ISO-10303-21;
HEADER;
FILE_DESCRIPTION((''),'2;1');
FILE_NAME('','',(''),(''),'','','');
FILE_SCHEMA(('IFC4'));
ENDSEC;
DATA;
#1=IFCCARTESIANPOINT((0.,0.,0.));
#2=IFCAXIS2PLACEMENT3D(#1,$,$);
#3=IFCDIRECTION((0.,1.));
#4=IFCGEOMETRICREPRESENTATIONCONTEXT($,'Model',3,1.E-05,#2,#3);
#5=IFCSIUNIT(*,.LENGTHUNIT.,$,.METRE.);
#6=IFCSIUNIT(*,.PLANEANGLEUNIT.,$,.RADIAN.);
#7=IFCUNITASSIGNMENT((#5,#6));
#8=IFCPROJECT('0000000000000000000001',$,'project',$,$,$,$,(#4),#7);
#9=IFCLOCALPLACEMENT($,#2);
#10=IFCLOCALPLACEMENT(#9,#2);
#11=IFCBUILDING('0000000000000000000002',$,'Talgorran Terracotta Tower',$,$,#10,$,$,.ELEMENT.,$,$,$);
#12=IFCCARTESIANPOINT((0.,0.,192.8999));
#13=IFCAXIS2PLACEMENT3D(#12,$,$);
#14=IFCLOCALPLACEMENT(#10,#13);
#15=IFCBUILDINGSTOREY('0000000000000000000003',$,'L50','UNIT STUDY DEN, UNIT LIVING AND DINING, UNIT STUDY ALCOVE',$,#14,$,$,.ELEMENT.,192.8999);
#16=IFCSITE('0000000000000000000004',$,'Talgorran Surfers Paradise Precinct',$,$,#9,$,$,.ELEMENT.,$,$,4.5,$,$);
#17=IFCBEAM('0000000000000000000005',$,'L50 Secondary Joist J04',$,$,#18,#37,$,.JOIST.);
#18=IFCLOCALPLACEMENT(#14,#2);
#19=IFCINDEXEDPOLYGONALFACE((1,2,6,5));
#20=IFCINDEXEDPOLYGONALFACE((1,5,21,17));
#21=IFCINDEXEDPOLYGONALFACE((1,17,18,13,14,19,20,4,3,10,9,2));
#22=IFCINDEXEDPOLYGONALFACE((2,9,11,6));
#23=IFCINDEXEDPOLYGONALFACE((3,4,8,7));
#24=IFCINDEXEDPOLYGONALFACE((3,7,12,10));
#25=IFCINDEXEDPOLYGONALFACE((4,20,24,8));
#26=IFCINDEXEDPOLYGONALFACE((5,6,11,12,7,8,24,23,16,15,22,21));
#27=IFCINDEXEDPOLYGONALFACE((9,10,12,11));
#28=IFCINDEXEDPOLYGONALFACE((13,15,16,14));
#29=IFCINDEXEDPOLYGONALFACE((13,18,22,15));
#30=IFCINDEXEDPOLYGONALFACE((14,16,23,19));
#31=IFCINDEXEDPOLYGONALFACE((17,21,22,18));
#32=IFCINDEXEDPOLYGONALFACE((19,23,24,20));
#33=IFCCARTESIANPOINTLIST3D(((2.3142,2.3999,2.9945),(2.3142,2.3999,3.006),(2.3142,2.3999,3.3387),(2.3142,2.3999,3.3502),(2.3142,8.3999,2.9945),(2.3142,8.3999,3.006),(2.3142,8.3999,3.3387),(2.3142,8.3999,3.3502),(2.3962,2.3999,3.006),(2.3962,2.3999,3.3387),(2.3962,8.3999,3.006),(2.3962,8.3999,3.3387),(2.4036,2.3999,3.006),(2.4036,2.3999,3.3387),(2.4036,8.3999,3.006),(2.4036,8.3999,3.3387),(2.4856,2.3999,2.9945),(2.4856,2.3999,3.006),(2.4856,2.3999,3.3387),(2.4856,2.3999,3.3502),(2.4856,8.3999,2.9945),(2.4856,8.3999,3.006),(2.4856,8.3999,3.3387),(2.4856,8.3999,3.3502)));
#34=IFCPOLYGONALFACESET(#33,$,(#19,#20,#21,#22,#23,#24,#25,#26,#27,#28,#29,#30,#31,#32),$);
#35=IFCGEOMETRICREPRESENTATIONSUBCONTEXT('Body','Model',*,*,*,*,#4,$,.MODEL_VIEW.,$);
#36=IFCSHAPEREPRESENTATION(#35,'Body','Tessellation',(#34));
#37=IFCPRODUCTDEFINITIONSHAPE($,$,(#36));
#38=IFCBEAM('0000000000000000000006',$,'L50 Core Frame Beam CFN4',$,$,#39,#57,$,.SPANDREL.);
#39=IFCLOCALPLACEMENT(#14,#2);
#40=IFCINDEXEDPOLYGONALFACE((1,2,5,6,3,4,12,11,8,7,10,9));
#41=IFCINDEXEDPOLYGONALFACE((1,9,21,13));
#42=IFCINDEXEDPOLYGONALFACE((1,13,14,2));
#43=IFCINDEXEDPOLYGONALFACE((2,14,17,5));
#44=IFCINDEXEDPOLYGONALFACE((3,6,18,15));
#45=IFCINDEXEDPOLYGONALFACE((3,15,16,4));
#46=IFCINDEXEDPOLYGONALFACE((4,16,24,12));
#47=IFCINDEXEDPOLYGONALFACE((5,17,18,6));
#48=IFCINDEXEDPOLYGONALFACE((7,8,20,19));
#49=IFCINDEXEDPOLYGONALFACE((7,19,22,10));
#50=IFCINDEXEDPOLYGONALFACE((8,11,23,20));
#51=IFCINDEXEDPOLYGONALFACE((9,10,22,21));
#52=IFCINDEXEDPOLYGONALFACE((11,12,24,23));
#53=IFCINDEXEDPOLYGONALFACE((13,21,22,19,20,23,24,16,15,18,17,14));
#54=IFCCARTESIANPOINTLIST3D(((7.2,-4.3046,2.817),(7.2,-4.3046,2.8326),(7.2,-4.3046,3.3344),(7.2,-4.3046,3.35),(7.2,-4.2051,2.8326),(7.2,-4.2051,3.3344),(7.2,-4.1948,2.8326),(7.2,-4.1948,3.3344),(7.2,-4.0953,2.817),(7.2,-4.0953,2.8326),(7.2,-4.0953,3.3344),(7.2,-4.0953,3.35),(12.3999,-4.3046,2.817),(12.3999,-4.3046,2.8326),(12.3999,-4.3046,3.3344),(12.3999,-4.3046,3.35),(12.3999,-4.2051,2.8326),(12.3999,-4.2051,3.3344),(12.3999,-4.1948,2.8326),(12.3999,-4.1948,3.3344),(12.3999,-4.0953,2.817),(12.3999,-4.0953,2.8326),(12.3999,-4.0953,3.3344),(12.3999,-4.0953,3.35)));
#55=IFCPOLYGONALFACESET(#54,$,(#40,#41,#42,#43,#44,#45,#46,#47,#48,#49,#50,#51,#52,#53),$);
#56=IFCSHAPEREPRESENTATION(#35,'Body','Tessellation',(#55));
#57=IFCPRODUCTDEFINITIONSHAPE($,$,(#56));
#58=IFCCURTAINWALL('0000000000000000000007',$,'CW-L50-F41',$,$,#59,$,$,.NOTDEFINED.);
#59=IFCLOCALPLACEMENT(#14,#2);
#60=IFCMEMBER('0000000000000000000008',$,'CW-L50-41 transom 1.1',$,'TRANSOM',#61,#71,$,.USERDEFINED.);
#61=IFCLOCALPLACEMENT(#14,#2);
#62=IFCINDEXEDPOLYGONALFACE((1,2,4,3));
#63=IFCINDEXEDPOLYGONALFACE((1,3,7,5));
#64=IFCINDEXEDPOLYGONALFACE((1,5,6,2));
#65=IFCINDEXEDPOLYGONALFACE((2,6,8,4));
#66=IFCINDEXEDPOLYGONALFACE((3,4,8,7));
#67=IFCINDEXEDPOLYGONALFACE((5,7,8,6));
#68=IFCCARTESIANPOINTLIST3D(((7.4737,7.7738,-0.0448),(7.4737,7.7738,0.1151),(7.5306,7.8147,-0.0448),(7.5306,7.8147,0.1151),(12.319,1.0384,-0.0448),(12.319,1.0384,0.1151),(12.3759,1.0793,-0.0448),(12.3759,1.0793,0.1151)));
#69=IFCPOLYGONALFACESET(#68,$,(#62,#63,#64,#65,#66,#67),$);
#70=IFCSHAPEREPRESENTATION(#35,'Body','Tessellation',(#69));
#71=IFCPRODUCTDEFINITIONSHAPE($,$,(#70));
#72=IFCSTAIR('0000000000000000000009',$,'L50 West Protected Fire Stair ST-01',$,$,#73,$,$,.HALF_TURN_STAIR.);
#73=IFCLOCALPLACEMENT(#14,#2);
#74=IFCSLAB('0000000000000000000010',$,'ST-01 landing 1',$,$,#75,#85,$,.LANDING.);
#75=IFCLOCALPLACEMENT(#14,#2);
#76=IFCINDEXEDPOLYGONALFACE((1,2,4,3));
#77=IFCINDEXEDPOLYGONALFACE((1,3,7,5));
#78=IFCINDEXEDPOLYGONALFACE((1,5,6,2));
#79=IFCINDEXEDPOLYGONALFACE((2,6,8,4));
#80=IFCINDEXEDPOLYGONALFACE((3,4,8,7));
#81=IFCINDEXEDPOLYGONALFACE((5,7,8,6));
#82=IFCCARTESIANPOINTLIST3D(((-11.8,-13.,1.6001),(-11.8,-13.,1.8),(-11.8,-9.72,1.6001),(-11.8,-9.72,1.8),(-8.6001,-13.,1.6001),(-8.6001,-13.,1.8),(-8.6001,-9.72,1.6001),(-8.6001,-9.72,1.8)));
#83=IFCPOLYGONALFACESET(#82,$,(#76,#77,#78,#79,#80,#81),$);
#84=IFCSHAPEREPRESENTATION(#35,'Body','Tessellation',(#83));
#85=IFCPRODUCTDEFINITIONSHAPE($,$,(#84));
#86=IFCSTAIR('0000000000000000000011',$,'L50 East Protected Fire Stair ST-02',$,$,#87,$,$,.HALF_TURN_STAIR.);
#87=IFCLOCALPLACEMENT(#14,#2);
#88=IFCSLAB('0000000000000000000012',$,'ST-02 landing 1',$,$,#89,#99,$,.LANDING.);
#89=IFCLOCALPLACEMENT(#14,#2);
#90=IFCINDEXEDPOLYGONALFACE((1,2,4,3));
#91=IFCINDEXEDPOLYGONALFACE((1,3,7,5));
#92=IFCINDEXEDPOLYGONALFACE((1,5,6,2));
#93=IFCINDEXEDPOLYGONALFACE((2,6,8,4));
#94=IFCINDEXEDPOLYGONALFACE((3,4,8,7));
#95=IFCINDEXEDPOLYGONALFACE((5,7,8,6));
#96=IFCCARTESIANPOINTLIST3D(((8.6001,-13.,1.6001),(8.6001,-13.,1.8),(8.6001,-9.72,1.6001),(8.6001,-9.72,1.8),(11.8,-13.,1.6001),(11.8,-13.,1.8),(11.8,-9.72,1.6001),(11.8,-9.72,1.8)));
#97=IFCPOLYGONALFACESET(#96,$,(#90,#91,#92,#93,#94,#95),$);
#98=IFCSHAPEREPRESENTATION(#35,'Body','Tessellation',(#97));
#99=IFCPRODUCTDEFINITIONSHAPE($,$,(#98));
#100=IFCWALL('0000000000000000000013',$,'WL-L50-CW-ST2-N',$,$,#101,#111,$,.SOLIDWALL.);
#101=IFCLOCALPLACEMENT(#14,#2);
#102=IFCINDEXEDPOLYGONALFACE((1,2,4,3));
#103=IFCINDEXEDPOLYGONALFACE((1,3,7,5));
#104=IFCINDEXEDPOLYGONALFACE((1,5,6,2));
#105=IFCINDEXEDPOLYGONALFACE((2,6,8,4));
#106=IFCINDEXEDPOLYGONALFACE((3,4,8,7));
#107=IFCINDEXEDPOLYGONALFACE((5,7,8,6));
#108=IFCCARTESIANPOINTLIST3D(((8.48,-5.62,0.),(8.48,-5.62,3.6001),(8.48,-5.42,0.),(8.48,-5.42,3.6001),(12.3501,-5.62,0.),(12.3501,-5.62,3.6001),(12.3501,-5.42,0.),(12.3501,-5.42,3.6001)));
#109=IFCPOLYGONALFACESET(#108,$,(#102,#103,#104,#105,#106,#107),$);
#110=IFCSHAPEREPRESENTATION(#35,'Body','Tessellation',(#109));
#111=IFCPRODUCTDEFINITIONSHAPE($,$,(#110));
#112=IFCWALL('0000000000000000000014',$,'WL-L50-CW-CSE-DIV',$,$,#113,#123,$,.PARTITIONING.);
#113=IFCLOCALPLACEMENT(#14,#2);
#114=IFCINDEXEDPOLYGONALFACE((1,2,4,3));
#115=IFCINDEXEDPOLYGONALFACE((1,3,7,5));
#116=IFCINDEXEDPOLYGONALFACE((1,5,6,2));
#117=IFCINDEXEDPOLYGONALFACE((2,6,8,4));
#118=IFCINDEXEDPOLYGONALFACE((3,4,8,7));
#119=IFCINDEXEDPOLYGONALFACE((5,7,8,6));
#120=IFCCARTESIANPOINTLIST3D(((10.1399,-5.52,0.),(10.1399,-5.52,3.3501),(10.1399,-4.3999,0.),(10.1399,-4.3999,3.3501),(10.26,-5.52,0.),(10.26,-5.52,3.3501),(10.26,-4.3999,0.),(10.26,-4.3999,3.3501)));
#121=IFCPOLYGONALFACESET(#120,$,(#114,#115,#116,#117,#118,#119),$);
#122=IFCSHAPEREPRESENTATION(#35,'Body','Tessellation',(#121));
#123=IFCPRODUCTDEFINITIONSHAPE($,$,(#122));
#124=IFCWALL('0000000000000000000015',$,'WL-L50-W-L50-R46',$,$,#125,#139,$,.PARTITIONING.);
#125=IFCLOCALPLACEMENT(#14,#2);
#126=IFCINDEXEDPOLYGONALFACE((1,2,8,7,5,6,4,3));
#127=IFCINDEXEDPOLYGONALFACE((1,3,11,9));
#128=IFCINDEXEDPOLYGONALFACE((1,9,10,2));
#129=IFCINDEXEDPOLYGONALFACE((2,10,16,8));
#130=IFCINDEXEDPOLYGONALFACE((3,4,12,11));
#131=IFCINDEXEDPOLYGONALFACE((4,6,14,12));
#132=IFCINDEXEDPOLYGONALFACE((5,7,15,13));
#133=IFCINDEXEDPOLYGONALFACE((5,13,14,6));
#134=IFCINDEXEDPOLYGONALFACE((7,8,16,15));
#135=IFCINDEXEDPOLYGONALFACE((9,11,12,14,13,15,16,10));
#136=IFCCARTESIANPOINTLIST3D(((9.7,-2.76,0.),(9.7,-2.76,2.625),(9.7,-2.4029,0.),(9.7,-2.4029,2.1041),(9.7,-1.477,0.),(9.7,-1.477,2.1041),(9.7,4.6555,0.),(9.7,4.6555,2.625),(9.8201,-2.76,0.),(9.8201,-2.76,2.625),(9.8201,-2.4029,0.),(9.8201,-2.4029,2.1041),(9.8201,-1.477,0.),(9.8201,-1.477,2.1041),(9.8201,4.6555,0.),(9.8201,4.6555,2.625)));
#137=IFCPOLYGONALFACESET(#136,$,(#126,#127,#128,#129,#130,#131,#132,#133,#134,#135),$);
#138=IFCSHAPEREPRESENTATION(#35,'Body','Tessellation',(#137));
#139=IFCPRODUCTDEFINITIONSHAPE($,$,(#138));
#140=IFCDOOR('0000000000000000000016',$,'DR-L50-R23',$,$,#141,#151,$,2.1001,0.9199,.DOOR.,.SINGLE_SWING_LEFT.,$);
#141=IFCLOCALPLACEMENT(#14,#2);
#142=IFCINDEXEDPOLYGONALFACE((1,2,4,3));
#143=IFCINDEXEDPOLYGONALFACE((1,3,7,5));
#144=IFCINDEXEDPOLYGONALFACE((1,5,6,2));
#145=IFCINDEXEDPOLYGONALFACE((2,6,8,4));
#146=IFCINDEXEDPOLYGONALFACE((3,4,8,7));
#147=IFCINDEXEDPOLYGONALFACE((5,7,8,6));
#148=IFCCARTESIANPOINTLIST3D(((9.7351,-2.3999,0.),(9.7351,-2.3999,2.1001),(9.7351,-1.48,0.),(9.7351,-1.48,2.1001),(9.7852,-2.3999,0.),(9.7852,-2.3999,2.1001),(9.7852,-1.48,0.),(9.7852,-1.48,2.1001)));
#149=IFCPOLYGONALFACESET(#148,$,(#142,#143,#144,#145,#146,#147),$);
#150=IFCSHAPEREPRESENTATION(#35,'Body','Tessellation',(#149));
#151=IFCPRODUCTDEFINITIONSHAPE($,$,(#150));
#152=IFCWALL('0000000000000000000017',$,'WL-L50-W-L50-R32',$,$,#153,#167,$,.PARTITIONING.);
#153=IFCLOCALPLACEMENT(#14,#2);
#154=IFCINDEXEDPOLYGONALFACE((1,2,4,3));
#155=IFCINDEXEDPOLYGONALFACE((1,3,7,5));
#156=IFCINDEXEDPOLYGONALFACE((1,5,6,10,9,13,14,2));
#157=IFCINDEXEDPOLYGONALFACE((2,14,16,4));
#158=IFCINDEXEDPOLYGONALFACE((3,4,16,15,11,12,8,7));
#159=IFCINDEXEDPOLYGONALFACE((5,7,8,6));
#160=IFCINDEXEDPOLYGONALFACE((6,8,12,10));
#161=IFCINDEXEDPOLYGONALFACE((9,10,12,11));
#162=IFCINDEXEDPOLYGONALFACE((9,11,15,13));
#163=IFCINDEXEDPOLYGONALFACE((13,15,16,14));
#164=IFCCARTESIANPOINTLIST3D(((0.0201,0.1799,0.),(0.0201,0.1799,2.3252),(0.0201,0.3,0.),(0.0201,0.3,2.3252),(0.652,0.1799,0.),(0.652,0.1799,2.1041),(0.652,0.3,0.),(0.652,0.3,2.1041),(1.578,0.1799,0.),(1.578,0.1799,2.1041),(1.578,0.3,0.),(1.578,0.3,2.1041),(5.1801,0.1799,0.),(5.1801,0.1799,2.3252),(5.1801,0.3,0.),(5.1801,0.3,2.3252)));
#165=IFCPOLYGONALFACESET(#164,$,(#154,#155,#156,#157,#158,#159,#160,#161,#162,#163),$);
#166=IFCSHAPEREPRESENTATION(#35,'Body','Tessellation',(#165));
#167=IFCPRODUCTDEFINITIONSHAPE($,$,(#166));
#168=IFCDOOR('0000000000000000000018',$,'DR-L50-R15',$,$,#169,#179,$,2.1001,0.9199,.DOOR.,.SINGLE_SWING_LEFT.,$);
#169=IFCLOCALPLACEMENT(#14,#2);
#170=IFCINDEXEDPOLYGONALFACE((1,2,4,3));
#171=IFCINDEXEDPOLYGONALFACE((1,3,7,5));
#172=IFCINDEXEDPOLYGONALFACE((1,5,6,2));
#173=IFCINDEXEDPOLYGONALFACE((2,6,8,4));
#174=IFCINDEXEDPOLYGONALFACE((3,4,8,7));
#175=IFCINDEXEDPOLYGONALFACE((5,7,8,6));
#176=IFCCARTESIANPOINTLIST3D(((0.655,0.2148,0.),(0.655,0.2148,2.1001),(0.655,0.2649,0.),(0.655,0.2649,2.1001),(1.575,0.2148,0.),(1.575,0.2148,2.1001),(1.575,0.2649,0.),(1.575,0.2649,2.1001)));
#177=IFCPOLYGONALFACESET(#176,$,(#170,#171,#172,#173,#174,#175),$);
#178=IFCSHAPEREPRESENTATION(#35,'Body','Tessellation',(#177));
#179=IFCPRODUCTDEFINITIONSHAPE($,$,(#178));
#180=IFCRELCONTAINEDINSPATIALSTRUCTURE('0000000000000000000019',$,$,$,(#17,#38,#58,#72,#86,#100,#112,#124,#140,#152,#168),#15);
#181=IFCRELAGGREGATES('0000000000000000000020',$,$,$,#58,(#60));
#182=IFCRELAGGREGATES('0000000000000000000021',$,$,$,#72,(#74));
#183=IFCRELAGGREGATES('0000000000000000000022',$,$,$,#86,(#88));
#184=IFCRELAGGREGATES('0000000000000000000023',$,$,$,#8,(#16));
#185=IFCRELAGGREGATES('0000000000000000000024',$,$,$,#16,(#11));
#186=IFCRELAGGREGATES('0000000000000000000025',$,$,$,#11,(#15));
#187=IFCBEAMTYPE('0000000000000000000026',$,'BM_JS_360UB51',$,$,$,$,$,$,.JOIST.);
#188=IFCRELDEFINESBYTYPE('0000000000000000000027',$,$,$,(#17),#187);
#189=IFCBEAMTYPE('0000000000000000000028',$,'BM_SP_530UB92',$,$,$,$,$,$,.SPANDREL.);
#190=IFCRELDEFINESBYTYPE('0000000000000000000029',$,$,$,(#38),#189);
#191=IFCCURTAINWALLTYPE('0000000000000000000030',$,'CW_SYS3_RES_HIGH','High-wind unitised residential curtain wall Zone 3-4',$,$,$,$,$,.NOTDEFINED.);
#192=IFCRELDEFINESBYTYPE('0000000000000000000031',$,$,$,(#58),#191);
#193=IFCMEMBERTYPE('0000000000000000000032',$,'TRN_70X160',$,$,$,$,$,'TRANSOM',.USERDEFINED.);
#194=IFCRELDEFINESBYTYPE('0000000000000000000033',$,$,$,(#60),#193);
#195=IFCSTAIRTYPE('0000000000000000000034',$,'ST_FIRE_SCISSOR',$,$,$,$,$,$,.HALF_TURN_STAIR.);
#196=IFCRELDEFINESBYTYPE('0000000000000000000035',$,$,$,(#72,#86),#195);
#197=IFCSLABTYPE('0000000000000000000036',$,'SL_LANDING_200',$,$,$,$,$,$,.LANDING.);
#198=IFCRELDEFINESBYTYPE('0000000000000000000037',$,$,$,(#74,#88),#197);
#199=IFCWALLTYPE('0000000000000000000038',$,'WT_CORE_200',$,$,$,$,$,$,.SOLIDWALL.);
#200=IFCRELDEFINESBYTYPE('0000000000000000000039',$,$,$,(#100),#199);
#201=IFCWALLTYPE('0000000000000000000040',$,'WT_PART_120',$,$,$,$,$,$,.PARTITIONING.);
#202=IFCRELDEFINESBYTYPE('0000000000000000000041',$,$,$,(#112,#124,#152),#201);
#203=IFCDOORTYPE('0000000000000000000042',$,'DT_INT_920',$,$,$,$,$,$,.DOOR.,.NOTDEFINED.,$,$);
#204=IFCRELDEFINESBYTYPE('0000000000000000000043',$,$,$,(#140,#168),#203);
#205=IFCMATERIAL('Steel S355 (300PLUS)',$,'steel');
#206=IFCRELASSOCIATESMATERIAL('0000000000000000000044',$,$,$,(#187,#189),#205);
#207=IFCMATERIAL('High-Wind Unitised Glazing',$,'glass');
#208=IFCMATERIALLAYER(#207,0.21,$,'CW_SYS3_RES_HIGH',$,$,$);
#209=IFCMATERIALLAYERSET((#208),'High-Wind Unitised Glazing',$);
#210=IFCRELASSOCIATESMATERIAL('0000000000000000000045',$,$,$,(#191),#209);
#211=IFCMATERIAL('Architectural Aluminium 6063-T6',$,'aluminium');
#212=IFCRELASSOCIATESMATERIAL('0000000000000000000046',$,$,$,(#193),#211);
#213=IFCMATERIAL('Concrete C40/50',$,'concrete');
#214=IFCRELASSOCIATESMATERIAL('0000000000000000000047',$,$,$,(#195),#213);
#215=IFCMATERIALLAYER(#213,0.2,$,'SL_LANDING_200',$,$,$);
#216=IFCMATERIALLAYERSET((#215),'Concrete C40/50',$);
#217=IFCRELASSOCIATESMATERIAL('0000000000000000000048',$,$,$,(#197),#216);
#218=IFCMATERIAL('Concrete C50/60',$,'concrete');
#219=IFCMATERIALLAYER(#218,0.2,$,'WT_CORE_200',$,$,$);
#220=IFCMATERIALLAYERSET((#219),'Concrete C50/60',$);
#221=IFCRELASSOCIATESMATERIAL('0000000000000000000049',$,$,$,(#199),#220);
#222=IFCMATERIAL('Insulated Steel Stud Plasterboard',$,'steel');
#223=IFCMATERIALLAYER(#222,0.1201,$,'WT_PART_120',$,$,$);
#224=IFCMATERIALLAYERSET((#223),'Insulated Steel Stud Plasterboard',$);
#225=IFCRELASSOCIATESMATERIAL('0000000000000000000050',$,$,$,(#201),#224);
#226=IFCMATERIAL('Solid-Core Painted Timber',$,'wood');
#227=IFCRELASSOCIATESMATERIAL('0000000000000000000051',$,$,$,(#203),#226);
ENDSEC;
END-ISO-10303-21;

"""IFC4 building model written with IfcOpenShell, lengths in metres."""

from ifc_helpers import new_model, si_unit, direction, frame, frame_2d, origin, origin_2d, place, context, subcontext, project, spatial, polyline, rectangle, i_section, outline, extrude, material, layer, layer_set, material_profile, profile_set, type_object, element, fill, aggregate, save


model = new_model("IFC4")

# Units and contexts
model_context = context("Model", 3, precision=1e-05, world=origin(), true_north=direction((0.0, 1.0)))
body_context = subcontext(model_context, "Body", "Model", "MODEL_VIEW")
ifc_project = project(units=[si_unit("LENGTHUNIT", "METRE"), si_unit("PLANEANGLEUNIT", "RADIAN")], contexts=[model_context])

# Site, building, storey
site_placement = place(None, origin())
site = spatial("IfcSite", under=ifc_project, at=site_placement, Name="Talgorran Surfers Paradise Precinct", CompositionType="ELEMENT", RefElevation=4.5)
building_placement = place(site_placement, origin())
building = spatial("IfcBuilding", under=site, at=building_placement, Name="Talgorran Terracotta Tower", CompositionType="ELEMENT")
storey_placement = place(building_placement, frame((0.0, 0.0, 192.8999)))
storey = spatial("IfcBuildingStorey", under=building, at=storey_placement, Name="L50", Description="UNIT STUDY DEN, UNIT LIVING AND DINING, UNIT STUDY ALCOVE", CompositionType="ELEMENT", Elevation=192.8999)

# Shared definitions
ifc_material_1 = material(Name="Steel S355 (300PLUS)", Category="steel")

# Beams
ifc_material_profile_1 = material_profile(ifc_material_1, i_section(OverallWidth=0.1714, OverallDepth=0.3557, WebThickness=0.0073, FlangeThickness=0.0115, at=origin_2d()), Name="360UB50.7")
ifc_profile_set_1 = profile_set([ifc_material_profile_1], Name="Steel S355 (300PLUS)")
beam_type_1 = type_object("IfcBeamType", Name="BM_JS_360UB51", PredefinedType="JOIST", material=ifc_profile_set_1)
beam_1_placement = place(storey_placement, frame((2.3999, 2.3999, 3.1724), z_axis=(0.0, 1.0, 0.0), x_axis=(-1.0, 0.0, 0.0)))
element("IfcBeam", 1, at=beam_1_placement, inside=storey, type_object=beam_type_1, Name="L50 Secondary Joist J04", PredefinedType="JOIST", context=body_context, shape_type="SweptSolid", body=[
    extrude(i_section(OverallWidth=0.1714, OverallDepth=0.3557, WebThickness=0.0073, FlangeThickness=0.0115, at=origin_2d()), origin(), (0.0, 0.0, 1.0), 6.0),
])
ifc_material_profile_2 = material_profile(ifc_material_1, i_section(OverallWidth=0.2092, OverallDepth=0.533, WebThickness=0.0103, FlangeThickness=0.0156, at=origin_2d()), Name="530UB92.4")
ifc_profile_set_2 = profile_set([ifc_material_profile_2], Name="Steel S355 (300PLUS)")
beam_type_2 = type_object("IfcBeamType", Name="BM_SP_530UB92", PredefinedType="SPANDREL", material=ifc_profile_set_2)
beam_2_placement = place(storey_placement, frame((7.2, -4.2, 3.0835), z_axis=(1.0, 0.0, 0.0), x_axis=(0.0, 1.0, 0.0)))
element("IfcBeam", 2, at=beam_2_placement, inside=storey, type_object=beam_type_2, Name="L50 Core Frame Beam CFN4", PredefinedType="SPANDREL", context=body_context, shape_type="SweptSolid", body=[
    extrude(i_section(OverallWidth=0.2092, OverallDepth=0.533, WebThickness=0.0103, FlangeThickness=0.0156, at=origin_2d()), origin(), (0.0, 0.0, 1.0), 5.2),
])

# Curtain wall, member
ifc_material_2 = material(Name="High-Wind Unitised Glazing", Category="glass")
ifc_layer_1 = layer(ifc_material_2, 0.21, Name="CW_SYS3_RES_HIGH")
ifc_layer_set_1 = layer_set([ifc_layer_1], Name="High-Wind Unitised Glazing")
curtain_wall_type = type_object("IfcCurtainWallType", Name="CW_SYS3_RES_HIGH", Description="High-wind unitised residential curtain wall Zone 3-4", PredefinedType="NOTDEFINED", material=ifc_layer_set_1)
curtain_wall_placement = place(storey_placement, origin())
curtain_wall = element("IfcCurtainWall", 3, at=curtain_wall_placement, inside=storey, type_object=curtain_wall_type, Name="CW-L50-F41", PredefinedType="NOTDEFINED")
ifc_material_3 = material(Name="Architectural Aluminium 6063-T6", Category="aluminium")
ifc_material_profile_3 = material_profile(ifc_material_3, rectangle(XDim=0.0701, YDim=0.1599, at=origin_2d()), Name="CWT70X160")
ifc_profile_set_3 = profile_set([ifc_material_profile_3], Name="Architectural Aluminium 6063-T6")
member_type = type_object("IfcMemberType", Name="TRN_70X160", ElementType="TRANSOM", PredefinedType="USERDEFINED", material=ifc_profile_set_3)
member_placement = place(storey_placement, frame((12.3474, 1.0588, 0.0352), z_axis=(-0.583968, 0.811776, 0.0), x_axis=(-0.811776, -0.583968, 0.0)))
member = element("IfcMember", 4, at=member_placement, type_object=member_type, Name="CW-L50-41 transom 1.1", ObjectType="TRANSOM", PredefinedType="USERDEFINED", context=body_context, shape_type="SweptSolid", body=[
    extrude(rectangle(XDim=0.0701, YDim=0.1599, at=origin_2d()), origin(), (0.0, 0.0, 1.0), 8.2971),
])
aggregate(curtain_wall, [member])

# Stairs, slabs
ifc_material_4 = material(Name="Concrete C40/50", Category="concrete")
stair_type = type_object("IfcStairType", Name="ST_FIRE_SCISSOR", PredefinedType="HALF_TURN_STAIR", material=ifc_material_4)
stair_1_placement = place(storey_placement, origin())
stair_1 = element("IfcStair", 5, at=stair_1_placement, inside=storey, type_object=stair_type, Name="L50 West Protected Fire Stair ST-01", PredefinedType="HALF_TURN_STAIR")
ifc_layer_2 = layer(ifc_material_4, 0.2, Name="SL_LANDING_200")
ifc_layer_set_2 = layer_set([ifc_layer_2], Name="Concrete C40/50")
slab_type = type_object("IfcSlabType", Name="SL_LANDING_200", PredefinedType="LANDING", material=ifc_layer_set_2)
slab_1_placement = place(storey_placement, frame((0.0, 0.0, 1.6001)))
slab_1 = element("IfcSlab", 6, at=slab_1_placement, type_object=slab_type, Name="ST-01 landing 1", PredefinedType="LANDING", context=body_context, shape_type="SweptSolid", body=[
    extrude(outline(polyline([(-11.8, -9.72), (-11.8, -13.0), (-8.6001, -13.0), (-8.6001, -9.72), (-11.8, -9.72)])), origin(), (0.0, 0.0, 1.0), 0.2),
])
aggregate(stair_1, [slab_1])
stair_2_placement = place(storey_placement, origin())
stair_2 = element("IfcStair", 7, at=stair_2_placement, inside=storey, type_object=stair_type, Name="L50 East Protected Fire Stair ST-02", PredefinedType="HALF_TURN_STAIR")
slab_2_placement = place(storey_placement, frame((0.0, 0.0, 1.6001)))
slab_2 = element("IfcSlab", 8, at=slab_2_placement, type_object=slab_type, Name="ST-02 landing 1", PredefinedType="LANDING", context=body_context, shape_type="SweptSolid", body=[
    extrude(outline(polyline([(8.6001, -9.72), (8.6001, -13.0), (11.8, -13.0), (11.8, -9.72), (8.6001, -9.72)])), origin(), (0.0, 0.0, 1.0), 0.2),
])
aggregate(stair_2, [slab_2])

# Walls
ifc_material_5 = material(Name="Concrete C50/60", Category="concrete")
ifc_layer_3 = layer(ifc_material_5, 0.2, Name="WT_CORE_200")
ifc_layer_set_3 = layer_set([ifc_layer_3], Name="Concrete C50/60")
wall_type_1 = type_object("IfcWallType", Name="WT_CORE_200", PredefinedType="SOLIDWALL", material=ifc_layer_set_3)
wall_1_placement = place(storey_placement, frame((8.48, -5.52, 0.0), z_axis=(0.0, 0.0, 1.0), x_axis=(1.0, 0.0, 0.0)))
element("IfcWall", 9, at=wall_1_placement, inside=storey, type_object=wall_type_1, Name="WL-L50-CW-ST2-N", PredefinedType="SOLIDWALL", context=body_context, shape_type="SweptSolid", body=[
    extrude(rectangle(XDim=3.8701, YDim=0.2, at=frame_2d((1.9351, 0.0))), origin(), (0.0, 0.0, 1.0), 3.6001),
])
ifc_material_6 = material(Name="Insulated Steel Stud Plasterboard", Category="steel")
ifc_layer_4 = layer(ifc_material_6, 0.1201, Name="WT_PART_120")
ifc_layer_set_4 = layer_set([ifc_layer_4], Name="Insulated Steel Stud Plasterboard")
wall_type_2 = type_object("IfcWallType", Name="WT_PART_120", PredefinedType="PARTITIONING", material=ifc_layer_set_4)
wall_2_placement = place(storey_placement, frame((10.2, -5.52, 0.0), z_axis=(0.0, 0.0, 1.0), x_axis=(0.0, 1.0, 0.0)))
element("IfcWall", 10, at=wall_2_placement, inside=storey, type_object=wall_type_2, Name="WL-L50-CW-CSE-DIV", PredefinedType="PARTITIONING", context=body_context, shape_type="SweptSolid", body=[
    extrude(rectangle(XDim=1.1201, YDim=0.1201, at=frame_2d((0.5601, 0.0))), origin(), (0.0, 0.0, 1.0), 3.3501),
])

# Walls, openings, doors
wall_3_placement = place(storey_placement, frame((9.76, -2.76, 0.0), z_axis=(0.0, 0.0, 1.0), x_axis=(0.0, 1.0, 0.0)))
wall_3 = element("IfcWall", 11, at=wall_3_placement, inside=storey, type_object=wall_type_2, Name="WL-L50-W-L50-R46", PredefinedType="PARTITIONING", context=body_context, shape_type="SweptSolid", body=[
    extrude(rectangle(XDim=7.4155, YDim=0.1201, at=frame_2d((3.7078, 0.0))), origin(), (0.0, 0.0, 1.0), 2.625),
])
opening_1_placement = place(wall_3_placement, frame((0.3601, 0.0, 0.0)))
opening_1 = element("IfcOpeningElement", 12, at=opening_1_placement, cuts=wall_3, PredefinedType="OPENING", context=body_context, shape_type="SweptSolid", body=[
    extrude(rectangle(XDim=0.9259, YDim=2.1041, at=frame_2d((0.46, 1.052))), frame((0.0, 0.0701, 0.0), z_axis=(0.0, -1.0, 0.0), x_axis=(1.0, 0.0, 0.0)), (0.0, 0.0, 1.0), 0.1401),
])
ifc_material_7 = material(Name="Solid-Core Painted Timber", Category="wood")
door_type = type_object("IfcDoorType", Name="DT_INT_920", OperationType="NOTDEFINED", PredefinedType="DOOR", material=ifc_material_7)
door_1_placement = place(opening_1_placement, origin())
door_1 = element("IfcDoor", 13, at=door_1_placement, inside=storey, type_object=door_type, Name="DR-L50-R23", OperationType="SINGLE_SWING_LEFT", OverallHeight=2.1001, OverallWidth=0.9199, PredefinedType="DOOR", context=body_context, shape_type="SweptSolid", body=[
    extrude(rectangle(XDim=0.9199, YDim=2.1001, at=frame_2d((0.46, 1.05))), frame((0.0, 0.0249, 0.0), z_axis=(0.0, -1.0, 0.0), x_axis=(1.0, 0.0, 0.0)), (0.0, 0.0, 1.0), 0.05),
])
fill(opening_1, door_1)
wall_4_placement = place(storey_placement, frame((0.02, 0.24, 0.0), z_axis=(0.0, 0.0, 1.0), x_axis=(1.0, 0.0, 0.0)))
wall_4 = element("IfcWall", 14, at=wall_4_placement, inside=storey, type_object=wall_type_2, Name="WL-L50-W-L50-R32", PredefinedType="PARTITIONING", context=body_context, shape_type="SweptSolid", body=[
    extrude(rectangle(XDim=5.1599, YDim=0.1201, at=frame_2d((2.5801, 0.0))), origin(), (0.0, 0.0, 1.0), 2.3252),
])
opening_2_placement = place(wall_4_placement, frame((0.635, 0.0, 0.0)))
opening_2 = element("IfcOpeningElement", 15, at=opening_2_placement, cuts=wall_4, PredefinedType="OPENING", context=body_context, shape_type="SweptSolid", body=[
    extrude(rectangle(XDim=0.9259, YDim=2.1041, at=frame_2d((0.46, 1.052))), frame((0.0, 0.0701, 0.0), z_axis=(0.0, -1.0, 0.0), x_axis=(1.0, 0.0, 0.0)), (0.0, 0.0, 1.0), 0.1401),
])
door_2_placement = place(opening_2_placement, origin())
door_2 = element("IfcDoor", 16, at=door_2_placement, inside=storey, type_object=door_type, Name="DR-L50-R15", OperationType="SINGLE_SWING_LEFT", OverallHeight=2.1001, OverallWidth=0.9199, PredefinedType="DOOR", context=body_context, shape_type="SweptSolid", body=[
    extrude(rectangle(XDim=0.9199, YDim=2.1001, at=frame_2d((0.46, 1.05))), frame((0.0, 0.0249, 0.0), z_axis=(0.0, -1.0, 0.0), x_axis=(1.0, 0.0, 0.0)), (0.0, 0.0, 1.0), 0.05),
])
fill(opening_2, door_2)

save(model, "model.ifc")
